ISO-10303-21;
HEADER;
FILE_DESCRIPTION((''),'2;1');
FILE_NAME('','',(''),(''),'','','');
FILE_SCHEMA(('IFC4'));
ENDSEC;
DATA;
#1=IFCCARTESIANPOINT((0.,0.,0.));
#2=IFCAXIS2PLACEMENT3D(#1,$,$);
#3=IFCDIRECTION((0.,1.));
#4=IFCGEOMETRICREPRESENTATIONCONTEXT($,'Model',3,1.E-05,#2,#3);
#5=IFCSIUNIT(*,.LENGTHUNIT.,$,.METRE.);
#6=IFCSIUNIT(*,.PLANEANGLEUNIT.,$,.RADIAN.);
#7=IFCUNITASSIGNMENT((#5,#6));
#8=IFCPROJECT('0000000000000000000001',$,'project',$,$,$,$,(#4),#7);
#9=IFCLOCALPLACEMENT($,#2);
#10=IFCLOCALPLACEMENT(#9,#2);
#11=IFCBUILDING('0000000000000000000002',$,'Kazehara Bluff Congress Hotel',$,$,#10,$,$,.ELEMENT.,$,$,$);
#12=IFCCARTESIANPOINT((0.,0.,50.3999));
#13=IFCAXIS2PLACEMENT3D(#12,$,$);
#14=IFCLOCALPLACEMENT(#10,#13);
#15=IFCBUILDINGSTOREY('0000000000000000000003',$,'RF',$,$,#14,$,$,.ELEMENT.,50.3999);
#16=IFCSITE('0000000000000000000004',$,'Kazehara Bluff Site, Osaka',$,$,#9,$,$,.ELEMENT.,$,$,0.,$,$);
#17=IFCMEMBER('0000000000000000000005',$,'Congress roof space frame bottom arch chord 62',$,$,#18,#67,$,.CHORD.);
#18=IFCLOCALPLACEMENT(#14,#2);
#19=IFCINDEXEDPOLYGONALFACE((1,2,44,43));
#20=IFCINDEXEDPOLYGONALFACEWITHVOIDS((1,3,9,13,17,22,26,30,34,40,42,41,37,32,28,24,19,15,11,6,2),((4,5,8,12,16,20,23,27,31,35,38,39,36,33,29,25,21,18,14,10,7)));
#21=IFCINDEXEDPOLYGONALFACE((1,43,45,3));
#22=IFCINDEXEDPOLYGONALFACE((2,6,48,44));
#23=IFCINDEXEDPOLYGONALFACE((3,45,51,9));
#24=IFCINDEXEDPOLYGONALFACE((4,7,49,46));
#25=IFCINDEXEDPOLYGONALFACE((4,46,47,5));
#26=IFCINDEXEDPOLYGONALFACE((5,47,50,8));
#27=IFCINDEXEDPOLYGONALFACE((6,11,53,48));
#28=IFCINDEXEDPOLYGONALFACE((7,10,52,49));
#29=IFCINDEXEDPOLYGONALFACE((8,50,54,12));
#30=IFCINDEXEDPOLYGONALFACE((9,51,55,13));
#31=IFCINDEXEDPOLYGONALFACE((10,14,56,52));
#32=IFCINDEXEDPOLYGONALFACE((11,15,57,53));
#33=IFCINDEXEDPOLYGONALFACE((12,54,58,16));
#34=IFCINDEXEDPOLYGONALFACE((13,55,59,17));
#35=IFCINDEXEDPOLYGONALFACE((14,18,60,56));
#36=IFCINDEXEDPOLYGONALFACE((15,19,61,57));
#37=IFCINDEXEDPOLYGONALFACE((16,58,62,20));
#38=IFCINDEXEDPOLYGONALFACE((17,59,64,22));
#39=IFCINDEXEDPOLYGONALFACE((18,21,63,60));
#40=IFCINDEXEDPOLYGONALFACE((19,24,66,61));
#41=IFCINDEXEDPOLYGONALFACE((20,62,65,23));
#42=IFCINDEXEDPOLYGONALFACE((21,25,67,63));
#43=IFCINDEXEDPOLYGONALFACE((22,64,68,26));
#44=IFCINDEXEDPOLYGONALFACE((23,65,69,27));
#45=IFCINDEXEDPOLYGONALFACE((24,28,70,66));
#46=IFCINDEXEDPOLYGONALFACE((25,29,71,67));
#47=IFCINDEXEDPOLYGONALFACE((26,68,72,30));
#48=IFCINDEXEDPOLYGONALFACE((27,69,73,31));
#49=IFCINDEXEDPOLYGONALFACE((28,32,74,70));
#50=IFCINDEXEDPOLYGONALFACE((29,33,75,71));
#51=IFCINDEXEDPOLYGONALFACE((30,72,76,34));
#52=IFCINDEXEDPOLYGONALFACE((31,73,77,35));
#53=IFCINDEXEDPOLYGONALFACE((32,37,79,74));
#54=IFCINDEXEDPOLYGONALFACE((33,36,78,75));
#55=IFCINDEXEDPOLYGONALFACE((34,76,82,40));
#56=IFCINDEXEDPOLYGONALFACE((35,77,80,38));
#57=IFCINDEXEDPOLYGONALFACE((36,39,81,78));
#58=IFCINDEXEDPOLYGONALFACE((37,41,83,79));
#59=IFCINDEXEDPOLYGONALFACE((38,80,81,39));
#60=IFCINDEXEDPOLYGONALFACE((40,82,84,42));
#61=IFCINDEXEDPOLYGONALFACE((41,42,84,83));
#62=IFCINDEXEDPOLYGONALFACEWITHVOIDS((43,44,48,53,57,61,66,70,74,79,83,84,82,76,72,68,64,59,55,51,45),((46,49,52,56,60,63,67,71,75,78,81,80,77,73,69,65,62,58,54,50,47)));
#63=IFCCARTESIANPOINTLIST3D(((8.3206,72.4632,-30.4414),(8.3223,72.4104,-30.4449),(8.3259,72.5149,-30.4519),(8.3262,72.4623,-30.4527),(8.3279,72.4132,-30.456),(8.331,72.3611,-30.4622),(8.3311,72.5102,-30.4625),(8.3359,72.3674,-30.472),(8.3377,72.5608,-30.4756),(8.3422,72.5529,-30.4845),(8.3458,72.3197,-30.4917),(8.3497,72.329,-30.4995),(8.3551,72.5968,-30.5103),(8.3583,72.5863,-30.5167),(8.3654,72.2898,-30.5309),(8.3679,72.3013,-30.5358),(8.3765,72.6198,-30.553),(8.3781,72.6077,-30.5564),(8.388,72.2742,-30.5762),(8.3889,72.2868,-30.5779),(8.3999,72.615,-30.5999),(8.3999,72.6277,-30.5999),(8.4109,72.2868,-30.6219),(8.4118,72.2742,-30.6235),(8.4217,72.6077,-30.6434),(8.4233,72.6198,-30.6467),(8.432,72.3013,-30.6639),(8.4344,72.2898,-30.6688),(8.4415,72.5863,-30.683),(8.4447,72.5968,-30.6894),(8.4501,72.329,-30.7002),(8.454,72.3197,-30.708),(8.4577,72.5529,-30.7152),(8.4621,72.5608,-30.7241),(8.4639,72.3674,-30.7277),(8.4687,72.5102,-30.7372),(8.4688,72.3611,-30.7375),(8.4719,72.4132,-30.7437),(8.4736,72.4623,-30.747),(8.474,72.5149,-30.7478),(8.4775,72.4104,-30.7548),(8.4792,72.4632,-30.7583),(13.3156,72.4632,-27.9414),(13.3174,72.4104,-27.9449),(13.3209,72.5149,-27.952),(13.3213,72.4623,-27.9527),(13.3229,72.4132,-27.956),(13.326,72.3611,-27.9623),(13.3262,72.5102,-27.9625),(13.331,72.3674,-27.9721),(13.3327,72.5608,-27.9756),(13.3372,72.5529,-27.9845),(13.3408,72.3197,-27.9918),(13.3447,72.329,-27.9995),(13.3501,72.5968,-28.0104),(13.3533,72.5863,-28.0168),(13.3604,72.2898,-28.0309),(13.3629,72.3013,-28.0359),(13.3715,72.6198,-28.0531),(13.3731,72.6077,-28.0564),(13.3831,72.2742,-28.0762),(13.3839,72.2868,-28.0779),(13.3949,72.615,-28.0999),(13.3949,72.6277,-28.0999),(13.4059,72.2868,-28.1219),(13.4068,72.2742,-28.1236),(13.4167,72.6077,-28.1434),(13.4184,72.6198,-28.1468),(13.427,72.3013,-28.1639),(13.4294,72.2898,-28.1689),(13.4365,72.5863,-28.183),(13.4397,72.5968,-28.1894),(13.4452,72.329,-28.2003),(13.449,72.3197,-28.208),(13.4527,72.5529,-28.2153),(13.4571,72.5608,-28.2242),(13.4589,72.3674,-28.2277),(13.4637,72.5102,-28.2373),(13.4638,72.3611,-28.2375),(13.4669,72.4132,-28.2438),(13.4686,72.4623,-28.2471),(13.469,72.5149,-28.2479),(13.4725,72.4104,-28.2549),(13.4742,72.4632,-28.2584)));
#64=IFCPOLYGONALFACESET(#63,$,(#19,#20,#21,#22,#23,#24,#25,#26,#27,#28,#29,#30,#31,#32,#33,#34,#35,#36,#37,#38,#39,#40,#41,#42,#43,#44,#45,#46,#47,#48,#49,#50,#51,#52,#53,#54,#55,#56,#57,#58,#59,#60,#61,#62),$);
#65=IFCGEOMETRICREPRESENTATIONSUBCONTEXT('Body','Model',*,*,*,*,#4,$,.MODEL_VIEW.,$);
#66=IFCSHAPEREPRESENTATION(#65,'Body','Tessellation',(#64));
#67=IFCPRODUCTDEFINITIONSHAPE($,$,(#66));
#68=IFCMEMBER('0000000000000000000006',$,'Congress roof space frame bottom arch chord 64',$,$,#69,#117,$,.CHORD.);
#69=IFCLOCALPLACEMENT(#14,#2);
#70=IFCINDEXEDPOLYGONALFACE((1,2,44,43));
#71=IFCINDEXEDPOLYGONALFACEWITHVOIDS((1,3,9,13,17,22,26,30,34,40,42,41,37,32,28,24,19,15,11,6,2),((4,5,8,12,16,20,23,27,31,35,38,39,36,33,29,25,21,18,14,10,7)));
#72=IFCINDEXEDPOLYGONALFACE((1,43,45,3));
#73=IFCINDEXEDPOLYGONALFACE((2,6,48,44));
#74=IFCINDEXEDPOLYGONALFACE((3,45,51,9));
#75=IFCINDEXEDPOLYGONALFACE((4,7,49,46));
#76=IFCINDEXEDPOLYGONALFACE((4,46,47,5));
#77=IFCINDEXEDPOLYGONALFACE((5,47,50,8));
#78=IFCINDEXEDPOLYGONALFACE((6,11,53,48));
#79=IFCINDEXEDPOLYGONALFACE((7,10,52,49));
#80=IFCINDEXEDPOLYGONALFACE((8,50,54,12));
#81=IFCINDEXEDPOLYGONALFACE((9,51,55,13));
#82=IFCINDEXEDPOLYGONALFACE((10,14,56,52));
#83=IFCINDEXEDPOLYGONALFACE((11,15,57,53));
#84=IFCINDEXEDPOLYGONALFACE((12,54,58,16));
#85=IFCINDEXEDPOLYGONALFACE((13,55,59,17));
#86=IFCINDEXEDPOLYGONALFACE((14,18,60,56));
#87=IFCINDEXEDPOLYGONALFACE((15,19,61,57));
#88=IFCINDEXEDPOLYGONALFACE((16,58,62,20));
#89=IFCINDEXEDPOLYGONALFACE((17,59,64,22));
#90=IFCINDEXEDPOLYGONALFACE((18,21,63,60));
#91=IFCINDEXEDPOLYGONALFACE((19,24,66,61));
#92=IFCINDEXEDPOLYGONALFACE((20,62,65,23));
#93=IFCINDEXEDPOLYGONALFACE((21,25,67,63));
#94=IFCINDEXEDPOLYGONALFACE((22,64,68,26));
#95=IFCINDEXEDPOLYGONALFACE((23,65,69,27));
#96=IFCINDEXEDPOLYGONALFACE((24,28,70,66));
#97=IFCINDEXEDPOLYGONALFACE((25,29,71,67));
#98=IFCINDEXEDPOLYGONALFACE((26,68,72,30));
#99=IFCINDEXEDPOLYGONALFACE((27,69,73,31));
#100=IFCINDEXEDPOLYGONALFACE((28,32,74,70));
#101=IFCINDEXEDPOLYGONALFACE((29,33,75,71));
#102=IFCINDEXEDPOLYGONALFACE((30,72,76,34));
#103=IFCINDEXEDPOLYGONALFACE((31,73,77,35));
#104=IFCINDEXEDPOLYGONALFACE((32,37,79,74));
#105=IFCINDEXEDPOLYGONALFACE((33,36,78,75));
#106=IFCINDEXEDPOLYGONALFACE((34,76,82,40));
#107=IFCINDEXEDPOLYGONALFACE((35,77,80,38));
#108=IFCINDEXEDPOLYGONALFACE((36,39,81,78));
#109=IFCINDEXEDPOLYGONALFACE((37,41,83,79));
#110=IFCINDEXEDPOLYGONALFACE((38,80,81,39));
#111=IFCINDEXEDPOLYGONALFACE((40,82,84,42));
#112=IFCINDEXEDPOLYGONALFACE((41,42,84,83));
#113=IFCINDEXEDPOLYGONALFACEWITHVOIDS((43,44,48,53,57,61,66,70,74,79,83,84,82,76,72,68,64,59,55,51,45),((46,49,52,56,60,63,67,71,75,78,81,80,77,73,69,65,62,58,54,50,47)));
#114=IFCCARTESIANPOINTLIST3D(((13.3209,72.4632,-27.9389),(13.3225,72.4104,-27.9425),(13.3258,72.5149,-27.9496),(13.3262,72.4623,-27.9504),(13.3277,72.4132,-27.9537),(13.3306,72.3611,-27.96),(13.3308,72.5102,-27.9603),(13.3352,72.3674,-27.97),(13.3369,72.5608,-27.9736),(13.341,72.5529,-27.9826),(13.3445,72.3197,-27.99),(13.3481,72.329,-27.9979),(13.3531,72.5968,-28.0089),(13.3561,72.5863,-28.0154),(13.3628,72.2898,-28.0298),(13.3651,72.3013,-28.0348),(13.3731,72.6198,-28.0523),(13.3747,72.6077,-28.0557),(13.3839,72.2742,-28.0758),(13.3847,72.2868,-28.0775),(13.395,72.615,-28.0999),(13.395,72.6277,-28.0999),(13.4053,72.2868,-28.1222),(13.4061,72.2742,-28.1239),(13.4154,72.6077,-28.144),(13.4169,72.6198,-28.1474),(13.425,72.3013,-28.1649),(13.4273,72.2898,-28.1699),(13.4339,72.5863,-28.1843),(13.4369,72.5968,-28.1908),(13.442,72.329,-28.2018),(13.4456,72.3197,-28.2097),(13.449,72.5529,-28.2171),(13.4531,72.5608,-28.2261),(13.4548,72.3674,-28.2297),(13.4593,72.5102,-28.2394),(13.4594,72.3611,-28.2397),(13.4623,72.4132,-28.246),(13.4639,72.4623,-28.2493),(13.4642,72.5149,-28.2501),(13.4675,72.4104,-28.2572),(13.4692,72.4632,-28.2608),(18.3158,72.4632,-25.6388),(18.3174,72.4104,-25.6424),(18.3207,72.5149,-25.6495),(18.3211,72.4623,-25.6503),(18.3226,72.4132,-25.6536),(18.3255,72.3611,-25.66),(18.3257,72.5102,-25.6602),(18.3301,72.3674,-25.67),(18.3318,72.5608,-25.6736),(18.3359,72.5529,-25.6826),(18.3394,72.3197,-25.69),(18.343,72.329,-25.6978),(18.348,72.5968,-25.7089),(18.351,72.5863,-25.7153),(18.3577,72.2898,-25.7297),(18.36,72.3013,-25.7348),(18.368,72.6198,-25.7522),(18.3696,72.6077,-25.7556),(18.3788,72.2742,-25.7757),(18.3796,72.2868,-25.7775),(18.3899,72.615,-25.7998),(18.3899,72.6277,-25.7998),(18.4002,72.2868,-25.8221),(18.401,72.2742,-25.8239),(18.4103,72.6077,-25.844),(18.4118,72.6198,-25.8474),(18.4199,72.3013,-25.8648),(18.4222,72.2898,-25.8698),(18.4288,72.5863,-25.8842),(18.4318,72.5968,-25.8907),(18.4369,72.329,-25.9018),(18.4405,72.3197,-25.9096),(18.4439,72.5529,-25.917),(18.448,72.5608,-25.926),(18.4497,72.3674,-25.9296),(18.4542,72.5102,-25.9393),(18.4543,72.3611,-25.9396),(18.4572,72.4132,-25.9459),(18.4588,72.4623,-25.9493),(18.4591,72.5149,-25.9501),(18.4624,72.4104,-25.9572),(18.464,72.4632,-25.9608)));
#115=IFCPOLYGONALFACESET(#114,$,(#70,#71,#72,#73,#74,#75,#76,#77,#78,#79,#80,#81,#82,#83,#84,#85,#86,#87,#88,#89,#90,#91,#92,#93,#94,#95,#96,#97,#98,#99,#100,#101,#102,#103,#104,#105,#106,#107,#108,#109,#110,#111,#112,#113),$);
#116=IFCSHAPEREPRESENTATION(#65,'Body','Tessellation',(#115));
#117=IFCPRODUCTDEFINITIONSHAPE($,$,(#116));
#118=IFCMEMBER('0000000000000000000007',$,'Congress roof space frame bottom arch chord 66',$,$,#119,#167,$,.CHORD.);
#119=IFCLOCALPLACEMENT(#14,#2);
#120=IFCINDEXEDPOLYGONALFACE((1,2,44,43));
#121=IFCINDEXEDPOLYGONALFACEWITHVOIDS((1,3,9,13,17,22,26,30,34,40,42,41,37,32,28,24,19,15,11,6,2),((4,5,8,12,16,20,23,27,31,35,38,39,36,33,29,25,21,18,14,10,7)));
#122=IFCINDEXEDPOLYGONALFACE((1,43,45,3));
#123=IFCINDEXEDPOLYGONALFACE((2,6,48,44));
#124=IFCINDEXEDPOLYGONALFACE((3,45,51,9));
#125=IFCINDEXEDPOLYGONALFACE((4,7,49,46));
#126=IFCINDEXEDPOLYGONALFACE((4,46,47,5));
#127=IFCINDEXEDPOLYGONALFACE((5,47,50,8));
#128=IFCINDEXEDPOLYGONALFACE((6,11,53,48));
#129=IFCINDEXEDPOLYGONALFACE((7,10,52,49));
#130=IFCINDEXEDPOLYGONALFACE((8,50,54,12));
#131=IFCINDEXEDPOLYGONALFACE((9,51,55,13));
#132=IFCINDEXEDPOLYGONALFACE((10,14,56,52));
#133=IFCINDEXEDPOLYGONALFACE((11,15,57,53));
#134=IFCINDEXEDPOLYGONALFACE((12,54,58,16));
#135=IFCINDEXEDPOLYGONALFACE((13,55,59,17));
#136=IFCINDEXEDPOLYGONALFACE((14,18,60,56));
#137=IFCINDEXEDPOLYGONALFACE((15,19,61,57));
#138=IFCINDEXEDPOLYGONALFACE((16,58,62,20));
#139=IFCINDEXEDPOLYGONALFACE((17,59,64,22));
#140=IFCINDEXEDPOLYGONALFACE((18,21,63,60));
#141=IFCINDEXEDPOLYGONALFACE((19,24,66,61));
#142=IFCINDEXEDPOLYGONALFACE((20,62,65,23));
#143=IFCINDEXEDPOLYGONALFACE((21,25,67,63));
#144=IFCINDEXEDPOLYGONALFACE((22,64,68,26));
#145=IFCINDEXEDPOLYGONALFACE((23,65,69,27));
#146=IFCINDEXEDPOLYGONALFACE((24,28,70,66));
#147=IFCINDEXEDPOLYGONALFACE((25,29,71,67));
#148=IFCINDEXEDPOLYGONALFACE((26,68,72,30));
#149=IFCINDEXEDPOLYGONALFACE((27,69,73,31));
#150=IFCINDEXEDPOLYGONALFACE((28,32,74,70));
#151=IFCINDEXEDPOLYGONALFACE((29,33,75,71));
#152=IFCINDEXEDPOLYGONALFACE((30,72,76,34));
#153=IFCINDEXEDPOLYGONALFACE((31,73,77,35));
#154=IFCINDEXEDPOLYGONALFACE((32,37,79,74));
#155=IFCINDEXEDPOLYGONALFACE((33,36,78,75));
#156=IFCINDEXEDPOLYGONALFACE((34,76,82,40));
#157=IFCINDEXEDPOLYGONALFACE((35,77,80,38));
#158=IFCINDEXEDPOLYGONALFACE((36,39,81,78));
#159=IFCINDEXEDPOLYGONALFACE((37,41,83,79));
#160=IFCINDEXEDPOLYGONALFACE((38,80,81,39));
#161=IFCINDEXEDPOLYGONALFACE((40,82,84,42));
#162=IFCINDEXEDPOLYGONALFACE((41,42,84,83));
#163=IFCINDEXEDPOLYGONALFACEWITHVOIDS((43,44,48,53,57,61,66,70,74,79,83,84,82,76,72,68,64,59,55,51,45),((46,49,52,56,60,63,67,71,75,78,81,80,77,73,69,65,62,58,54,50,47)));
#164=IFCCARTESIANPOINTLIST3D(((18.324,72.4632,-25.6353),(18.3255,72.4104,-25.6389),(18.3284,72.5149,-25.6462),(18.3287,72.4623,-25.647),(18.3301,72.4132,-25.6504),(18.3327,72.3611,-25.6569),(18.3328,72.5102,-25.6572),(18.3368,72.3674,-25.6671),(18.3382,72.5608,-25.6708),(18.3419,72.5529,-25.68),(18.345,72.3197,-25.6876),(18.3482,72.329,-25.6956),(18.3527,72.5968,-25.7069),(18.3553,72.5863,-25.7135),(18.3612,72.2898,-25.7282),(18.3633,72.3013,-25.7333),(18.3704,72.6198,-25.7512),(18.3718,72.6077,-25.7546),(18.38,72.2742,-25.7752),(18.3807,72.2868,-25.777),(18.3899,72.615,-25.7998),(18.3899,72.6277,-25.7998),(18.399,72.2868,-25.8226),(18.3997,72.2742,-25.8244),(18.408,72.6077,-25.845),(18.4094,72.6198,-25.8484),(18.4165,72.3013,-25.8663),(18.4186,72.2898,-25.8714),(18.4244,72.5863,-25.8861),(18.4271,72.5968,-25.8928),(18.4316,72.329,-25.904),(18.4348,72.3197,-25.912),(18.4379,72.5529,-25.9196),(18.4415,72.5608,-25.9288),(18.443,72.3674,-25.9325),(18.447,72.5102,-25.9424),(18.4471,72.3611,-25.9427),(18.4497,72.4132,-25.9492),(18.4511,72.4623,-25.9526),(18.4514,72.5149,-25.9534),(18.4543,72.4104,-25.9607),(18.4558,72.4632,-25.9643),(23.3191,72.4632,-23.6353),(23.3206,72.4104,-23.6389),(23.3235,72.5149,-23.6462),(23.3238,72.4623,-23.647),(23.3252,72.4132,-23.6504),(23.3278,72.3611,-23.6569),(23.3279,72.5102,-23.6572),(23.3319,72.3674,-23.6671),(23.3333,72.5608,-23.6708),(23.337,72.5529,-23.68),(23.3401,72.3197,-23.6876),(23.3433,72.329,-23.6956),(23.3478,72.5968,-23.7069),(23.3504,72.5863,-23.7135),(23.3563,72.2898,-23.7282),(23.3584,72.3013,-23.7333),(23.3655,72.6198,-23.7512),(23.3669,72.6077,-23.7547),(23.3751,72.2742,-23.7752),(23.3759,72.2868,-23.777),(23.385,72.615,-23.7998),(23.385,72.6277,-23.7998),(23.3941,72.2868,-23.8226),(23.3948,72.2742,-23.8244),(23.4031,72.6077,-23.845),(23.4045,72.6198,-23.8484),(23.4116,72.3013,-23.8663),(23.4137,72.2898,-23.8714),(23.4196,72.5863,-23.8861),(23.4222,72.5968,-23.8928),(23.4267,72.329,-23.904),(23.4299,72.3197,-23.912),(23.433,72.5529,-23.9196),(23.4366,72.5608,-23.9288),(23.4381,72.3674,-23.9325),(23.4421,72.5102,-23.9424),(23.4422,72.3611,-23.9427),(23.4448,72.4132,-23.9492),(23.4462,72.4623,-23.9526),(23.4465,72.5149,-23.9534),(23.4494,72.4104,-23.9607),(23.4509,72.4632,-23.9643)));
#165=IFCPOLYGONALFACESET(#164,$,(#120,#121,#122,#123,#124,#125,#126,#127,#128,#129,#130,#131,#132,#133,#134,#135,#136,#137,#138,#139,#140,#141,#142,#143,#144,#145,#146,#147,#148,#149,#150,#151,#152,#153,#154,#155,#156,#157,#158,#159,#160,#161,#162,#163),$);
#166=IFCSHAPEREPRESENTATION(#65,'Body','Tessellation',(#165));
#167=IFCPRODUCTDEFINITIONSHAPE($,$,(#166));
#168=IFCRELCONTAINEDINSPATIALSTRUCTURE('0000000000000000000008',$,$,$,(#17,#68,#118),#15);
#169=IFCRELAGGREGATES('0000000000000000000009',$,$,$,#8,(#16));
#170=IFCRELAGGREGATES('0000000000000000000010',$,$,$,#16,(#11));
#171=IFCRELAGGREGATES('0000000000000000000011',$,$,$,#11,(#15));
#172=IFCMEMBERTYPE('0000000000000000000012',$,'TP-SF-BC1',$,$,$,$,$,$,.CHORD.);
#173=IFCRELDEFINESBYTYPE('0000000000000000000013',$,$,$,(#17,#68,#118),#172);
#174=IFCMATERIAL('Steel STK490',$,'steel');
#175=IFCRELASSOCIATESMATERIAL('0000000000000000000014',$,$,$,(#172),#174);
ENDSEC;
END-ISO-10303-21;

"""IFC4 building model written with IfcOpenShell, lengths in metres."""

from ifc_helpers import new_model, si_unit, direction, frame, origin, origin_2d, place, context, subcontext, project, spatial, hollow_circle, extrude, material, material_profile, profile_set, type_object, element, save


model = new_model("IFC4")

# Units and contexts
model_context = context("Model", 3, precision=1e-05, world=origin(), true_north=direction((0.0, 1.0)))
body_context = subcontext(model_context, "Body", "Model", "MODEL_VIEW")
ifc_project = project(units=[si_unit("LENGTHUNIT", "METRE"), si_unit("PLANEANGLEUNIT", "RADIAN")], contexts=[model_context])

# Site, building, storey
site_placement = place(None, origin())
site = spatial("IfcSite", under=ifc_project, at=site_placement, Name="Kazehara Bluff Site, Osaka", CompositionType="ELEMENT", RefElevation=0.0)
building_placement = place(site_placement, origin())
building = spatial("IfcBuilding", under=site, at=building_placement, Name="Kazehara Bluff Congress Hotel", CompositionType="ELEMENT")
storey_placement = place(building_placement, frame((0.0, 0.0, 50.3999)))
storey = spatial("IfcBuildingStorey", under=building, at=storey_placement, Name="RF", CompositionType="ELEMENT", Elevation=50.3999)

# Members
ifc_material_1 = material(Name="Steel STK490", Category="steel")
ifc_material_profile_1 = material_profile(ifc_material_1, hollow_circle(Radius=0.1777, WallThickness=0.0127, at=origin_2d()))
ifc_profile_set_1 = profile_set([ifc_material_profile_1], Name="Steel STK490")
member_type_1 = type_object("IfcMemberType", Name="TP-SF-BC1", PredefinedType="CHORD", material=ifc_profile_set_1)
member_1_placement = place(storey_placement, frame((8.3999, 72.45, -30.5999), z_axis=(0.894252, 0.0, 0.447563), x_axis=(0.0, 1.0, 0.0)))
element("IfcMember", 1, at=member_1_placement, inside=storey, type_object=member_type_1, Name="Congress roof space frame bottom arch chord 62", PredefinedType="CHORD", context=body_context, shape_type="SweptSolid", body=[
    extrude(hollow_circle(Radius=0.1777, WallThickness=0.0127, at=origin_2d()), origin(), (0.0, 0.0, 1.0), 5.5857),
])
member_2_placement = place(storey_placement, frame((13.395, 72.45, -28.0999), z_axis=(0.908324, 0.0, 0.418267), x_axis=(0.0, 1.0, 0.0)))
element("IfcMember", 2, at=member_2_placement, inside=storey, type_object=member_type_1, Name="Congress roof space frame bottom arch chord 64", PredefinedType="CHORD", context=body_context, shape_type="SweptSolid", body=[
    extrude(hollow_circle(Radius=0.1777, WallThickness=0.0127, at=origin_2d()), origin(), (0.0, 0.0, 1.0), 5.499),
])
member_3_placement = place(storey_placement, frame((18.3899, 72.45, -25.7998), z_axis=(0.928351, 0.0, 0.371704), x_axis=(0.0, 1.0, 0.0)))
element("IfcMember", 3, at=member_3_placement, inside=storey, type_object=member_type_1, Name="Congress roof space frame bottom arch chord 66", PredefinedType="CHORD", context=body_context, shape_type="SweptSolid", body=[
    extrude(hollow_circle(Radius=0.1777, WallThickness=0.0127, at=origin_2d()), origin(), (0.0, 0.0, 1.0), 5.3806),
])

save(model, "model.ifc")
